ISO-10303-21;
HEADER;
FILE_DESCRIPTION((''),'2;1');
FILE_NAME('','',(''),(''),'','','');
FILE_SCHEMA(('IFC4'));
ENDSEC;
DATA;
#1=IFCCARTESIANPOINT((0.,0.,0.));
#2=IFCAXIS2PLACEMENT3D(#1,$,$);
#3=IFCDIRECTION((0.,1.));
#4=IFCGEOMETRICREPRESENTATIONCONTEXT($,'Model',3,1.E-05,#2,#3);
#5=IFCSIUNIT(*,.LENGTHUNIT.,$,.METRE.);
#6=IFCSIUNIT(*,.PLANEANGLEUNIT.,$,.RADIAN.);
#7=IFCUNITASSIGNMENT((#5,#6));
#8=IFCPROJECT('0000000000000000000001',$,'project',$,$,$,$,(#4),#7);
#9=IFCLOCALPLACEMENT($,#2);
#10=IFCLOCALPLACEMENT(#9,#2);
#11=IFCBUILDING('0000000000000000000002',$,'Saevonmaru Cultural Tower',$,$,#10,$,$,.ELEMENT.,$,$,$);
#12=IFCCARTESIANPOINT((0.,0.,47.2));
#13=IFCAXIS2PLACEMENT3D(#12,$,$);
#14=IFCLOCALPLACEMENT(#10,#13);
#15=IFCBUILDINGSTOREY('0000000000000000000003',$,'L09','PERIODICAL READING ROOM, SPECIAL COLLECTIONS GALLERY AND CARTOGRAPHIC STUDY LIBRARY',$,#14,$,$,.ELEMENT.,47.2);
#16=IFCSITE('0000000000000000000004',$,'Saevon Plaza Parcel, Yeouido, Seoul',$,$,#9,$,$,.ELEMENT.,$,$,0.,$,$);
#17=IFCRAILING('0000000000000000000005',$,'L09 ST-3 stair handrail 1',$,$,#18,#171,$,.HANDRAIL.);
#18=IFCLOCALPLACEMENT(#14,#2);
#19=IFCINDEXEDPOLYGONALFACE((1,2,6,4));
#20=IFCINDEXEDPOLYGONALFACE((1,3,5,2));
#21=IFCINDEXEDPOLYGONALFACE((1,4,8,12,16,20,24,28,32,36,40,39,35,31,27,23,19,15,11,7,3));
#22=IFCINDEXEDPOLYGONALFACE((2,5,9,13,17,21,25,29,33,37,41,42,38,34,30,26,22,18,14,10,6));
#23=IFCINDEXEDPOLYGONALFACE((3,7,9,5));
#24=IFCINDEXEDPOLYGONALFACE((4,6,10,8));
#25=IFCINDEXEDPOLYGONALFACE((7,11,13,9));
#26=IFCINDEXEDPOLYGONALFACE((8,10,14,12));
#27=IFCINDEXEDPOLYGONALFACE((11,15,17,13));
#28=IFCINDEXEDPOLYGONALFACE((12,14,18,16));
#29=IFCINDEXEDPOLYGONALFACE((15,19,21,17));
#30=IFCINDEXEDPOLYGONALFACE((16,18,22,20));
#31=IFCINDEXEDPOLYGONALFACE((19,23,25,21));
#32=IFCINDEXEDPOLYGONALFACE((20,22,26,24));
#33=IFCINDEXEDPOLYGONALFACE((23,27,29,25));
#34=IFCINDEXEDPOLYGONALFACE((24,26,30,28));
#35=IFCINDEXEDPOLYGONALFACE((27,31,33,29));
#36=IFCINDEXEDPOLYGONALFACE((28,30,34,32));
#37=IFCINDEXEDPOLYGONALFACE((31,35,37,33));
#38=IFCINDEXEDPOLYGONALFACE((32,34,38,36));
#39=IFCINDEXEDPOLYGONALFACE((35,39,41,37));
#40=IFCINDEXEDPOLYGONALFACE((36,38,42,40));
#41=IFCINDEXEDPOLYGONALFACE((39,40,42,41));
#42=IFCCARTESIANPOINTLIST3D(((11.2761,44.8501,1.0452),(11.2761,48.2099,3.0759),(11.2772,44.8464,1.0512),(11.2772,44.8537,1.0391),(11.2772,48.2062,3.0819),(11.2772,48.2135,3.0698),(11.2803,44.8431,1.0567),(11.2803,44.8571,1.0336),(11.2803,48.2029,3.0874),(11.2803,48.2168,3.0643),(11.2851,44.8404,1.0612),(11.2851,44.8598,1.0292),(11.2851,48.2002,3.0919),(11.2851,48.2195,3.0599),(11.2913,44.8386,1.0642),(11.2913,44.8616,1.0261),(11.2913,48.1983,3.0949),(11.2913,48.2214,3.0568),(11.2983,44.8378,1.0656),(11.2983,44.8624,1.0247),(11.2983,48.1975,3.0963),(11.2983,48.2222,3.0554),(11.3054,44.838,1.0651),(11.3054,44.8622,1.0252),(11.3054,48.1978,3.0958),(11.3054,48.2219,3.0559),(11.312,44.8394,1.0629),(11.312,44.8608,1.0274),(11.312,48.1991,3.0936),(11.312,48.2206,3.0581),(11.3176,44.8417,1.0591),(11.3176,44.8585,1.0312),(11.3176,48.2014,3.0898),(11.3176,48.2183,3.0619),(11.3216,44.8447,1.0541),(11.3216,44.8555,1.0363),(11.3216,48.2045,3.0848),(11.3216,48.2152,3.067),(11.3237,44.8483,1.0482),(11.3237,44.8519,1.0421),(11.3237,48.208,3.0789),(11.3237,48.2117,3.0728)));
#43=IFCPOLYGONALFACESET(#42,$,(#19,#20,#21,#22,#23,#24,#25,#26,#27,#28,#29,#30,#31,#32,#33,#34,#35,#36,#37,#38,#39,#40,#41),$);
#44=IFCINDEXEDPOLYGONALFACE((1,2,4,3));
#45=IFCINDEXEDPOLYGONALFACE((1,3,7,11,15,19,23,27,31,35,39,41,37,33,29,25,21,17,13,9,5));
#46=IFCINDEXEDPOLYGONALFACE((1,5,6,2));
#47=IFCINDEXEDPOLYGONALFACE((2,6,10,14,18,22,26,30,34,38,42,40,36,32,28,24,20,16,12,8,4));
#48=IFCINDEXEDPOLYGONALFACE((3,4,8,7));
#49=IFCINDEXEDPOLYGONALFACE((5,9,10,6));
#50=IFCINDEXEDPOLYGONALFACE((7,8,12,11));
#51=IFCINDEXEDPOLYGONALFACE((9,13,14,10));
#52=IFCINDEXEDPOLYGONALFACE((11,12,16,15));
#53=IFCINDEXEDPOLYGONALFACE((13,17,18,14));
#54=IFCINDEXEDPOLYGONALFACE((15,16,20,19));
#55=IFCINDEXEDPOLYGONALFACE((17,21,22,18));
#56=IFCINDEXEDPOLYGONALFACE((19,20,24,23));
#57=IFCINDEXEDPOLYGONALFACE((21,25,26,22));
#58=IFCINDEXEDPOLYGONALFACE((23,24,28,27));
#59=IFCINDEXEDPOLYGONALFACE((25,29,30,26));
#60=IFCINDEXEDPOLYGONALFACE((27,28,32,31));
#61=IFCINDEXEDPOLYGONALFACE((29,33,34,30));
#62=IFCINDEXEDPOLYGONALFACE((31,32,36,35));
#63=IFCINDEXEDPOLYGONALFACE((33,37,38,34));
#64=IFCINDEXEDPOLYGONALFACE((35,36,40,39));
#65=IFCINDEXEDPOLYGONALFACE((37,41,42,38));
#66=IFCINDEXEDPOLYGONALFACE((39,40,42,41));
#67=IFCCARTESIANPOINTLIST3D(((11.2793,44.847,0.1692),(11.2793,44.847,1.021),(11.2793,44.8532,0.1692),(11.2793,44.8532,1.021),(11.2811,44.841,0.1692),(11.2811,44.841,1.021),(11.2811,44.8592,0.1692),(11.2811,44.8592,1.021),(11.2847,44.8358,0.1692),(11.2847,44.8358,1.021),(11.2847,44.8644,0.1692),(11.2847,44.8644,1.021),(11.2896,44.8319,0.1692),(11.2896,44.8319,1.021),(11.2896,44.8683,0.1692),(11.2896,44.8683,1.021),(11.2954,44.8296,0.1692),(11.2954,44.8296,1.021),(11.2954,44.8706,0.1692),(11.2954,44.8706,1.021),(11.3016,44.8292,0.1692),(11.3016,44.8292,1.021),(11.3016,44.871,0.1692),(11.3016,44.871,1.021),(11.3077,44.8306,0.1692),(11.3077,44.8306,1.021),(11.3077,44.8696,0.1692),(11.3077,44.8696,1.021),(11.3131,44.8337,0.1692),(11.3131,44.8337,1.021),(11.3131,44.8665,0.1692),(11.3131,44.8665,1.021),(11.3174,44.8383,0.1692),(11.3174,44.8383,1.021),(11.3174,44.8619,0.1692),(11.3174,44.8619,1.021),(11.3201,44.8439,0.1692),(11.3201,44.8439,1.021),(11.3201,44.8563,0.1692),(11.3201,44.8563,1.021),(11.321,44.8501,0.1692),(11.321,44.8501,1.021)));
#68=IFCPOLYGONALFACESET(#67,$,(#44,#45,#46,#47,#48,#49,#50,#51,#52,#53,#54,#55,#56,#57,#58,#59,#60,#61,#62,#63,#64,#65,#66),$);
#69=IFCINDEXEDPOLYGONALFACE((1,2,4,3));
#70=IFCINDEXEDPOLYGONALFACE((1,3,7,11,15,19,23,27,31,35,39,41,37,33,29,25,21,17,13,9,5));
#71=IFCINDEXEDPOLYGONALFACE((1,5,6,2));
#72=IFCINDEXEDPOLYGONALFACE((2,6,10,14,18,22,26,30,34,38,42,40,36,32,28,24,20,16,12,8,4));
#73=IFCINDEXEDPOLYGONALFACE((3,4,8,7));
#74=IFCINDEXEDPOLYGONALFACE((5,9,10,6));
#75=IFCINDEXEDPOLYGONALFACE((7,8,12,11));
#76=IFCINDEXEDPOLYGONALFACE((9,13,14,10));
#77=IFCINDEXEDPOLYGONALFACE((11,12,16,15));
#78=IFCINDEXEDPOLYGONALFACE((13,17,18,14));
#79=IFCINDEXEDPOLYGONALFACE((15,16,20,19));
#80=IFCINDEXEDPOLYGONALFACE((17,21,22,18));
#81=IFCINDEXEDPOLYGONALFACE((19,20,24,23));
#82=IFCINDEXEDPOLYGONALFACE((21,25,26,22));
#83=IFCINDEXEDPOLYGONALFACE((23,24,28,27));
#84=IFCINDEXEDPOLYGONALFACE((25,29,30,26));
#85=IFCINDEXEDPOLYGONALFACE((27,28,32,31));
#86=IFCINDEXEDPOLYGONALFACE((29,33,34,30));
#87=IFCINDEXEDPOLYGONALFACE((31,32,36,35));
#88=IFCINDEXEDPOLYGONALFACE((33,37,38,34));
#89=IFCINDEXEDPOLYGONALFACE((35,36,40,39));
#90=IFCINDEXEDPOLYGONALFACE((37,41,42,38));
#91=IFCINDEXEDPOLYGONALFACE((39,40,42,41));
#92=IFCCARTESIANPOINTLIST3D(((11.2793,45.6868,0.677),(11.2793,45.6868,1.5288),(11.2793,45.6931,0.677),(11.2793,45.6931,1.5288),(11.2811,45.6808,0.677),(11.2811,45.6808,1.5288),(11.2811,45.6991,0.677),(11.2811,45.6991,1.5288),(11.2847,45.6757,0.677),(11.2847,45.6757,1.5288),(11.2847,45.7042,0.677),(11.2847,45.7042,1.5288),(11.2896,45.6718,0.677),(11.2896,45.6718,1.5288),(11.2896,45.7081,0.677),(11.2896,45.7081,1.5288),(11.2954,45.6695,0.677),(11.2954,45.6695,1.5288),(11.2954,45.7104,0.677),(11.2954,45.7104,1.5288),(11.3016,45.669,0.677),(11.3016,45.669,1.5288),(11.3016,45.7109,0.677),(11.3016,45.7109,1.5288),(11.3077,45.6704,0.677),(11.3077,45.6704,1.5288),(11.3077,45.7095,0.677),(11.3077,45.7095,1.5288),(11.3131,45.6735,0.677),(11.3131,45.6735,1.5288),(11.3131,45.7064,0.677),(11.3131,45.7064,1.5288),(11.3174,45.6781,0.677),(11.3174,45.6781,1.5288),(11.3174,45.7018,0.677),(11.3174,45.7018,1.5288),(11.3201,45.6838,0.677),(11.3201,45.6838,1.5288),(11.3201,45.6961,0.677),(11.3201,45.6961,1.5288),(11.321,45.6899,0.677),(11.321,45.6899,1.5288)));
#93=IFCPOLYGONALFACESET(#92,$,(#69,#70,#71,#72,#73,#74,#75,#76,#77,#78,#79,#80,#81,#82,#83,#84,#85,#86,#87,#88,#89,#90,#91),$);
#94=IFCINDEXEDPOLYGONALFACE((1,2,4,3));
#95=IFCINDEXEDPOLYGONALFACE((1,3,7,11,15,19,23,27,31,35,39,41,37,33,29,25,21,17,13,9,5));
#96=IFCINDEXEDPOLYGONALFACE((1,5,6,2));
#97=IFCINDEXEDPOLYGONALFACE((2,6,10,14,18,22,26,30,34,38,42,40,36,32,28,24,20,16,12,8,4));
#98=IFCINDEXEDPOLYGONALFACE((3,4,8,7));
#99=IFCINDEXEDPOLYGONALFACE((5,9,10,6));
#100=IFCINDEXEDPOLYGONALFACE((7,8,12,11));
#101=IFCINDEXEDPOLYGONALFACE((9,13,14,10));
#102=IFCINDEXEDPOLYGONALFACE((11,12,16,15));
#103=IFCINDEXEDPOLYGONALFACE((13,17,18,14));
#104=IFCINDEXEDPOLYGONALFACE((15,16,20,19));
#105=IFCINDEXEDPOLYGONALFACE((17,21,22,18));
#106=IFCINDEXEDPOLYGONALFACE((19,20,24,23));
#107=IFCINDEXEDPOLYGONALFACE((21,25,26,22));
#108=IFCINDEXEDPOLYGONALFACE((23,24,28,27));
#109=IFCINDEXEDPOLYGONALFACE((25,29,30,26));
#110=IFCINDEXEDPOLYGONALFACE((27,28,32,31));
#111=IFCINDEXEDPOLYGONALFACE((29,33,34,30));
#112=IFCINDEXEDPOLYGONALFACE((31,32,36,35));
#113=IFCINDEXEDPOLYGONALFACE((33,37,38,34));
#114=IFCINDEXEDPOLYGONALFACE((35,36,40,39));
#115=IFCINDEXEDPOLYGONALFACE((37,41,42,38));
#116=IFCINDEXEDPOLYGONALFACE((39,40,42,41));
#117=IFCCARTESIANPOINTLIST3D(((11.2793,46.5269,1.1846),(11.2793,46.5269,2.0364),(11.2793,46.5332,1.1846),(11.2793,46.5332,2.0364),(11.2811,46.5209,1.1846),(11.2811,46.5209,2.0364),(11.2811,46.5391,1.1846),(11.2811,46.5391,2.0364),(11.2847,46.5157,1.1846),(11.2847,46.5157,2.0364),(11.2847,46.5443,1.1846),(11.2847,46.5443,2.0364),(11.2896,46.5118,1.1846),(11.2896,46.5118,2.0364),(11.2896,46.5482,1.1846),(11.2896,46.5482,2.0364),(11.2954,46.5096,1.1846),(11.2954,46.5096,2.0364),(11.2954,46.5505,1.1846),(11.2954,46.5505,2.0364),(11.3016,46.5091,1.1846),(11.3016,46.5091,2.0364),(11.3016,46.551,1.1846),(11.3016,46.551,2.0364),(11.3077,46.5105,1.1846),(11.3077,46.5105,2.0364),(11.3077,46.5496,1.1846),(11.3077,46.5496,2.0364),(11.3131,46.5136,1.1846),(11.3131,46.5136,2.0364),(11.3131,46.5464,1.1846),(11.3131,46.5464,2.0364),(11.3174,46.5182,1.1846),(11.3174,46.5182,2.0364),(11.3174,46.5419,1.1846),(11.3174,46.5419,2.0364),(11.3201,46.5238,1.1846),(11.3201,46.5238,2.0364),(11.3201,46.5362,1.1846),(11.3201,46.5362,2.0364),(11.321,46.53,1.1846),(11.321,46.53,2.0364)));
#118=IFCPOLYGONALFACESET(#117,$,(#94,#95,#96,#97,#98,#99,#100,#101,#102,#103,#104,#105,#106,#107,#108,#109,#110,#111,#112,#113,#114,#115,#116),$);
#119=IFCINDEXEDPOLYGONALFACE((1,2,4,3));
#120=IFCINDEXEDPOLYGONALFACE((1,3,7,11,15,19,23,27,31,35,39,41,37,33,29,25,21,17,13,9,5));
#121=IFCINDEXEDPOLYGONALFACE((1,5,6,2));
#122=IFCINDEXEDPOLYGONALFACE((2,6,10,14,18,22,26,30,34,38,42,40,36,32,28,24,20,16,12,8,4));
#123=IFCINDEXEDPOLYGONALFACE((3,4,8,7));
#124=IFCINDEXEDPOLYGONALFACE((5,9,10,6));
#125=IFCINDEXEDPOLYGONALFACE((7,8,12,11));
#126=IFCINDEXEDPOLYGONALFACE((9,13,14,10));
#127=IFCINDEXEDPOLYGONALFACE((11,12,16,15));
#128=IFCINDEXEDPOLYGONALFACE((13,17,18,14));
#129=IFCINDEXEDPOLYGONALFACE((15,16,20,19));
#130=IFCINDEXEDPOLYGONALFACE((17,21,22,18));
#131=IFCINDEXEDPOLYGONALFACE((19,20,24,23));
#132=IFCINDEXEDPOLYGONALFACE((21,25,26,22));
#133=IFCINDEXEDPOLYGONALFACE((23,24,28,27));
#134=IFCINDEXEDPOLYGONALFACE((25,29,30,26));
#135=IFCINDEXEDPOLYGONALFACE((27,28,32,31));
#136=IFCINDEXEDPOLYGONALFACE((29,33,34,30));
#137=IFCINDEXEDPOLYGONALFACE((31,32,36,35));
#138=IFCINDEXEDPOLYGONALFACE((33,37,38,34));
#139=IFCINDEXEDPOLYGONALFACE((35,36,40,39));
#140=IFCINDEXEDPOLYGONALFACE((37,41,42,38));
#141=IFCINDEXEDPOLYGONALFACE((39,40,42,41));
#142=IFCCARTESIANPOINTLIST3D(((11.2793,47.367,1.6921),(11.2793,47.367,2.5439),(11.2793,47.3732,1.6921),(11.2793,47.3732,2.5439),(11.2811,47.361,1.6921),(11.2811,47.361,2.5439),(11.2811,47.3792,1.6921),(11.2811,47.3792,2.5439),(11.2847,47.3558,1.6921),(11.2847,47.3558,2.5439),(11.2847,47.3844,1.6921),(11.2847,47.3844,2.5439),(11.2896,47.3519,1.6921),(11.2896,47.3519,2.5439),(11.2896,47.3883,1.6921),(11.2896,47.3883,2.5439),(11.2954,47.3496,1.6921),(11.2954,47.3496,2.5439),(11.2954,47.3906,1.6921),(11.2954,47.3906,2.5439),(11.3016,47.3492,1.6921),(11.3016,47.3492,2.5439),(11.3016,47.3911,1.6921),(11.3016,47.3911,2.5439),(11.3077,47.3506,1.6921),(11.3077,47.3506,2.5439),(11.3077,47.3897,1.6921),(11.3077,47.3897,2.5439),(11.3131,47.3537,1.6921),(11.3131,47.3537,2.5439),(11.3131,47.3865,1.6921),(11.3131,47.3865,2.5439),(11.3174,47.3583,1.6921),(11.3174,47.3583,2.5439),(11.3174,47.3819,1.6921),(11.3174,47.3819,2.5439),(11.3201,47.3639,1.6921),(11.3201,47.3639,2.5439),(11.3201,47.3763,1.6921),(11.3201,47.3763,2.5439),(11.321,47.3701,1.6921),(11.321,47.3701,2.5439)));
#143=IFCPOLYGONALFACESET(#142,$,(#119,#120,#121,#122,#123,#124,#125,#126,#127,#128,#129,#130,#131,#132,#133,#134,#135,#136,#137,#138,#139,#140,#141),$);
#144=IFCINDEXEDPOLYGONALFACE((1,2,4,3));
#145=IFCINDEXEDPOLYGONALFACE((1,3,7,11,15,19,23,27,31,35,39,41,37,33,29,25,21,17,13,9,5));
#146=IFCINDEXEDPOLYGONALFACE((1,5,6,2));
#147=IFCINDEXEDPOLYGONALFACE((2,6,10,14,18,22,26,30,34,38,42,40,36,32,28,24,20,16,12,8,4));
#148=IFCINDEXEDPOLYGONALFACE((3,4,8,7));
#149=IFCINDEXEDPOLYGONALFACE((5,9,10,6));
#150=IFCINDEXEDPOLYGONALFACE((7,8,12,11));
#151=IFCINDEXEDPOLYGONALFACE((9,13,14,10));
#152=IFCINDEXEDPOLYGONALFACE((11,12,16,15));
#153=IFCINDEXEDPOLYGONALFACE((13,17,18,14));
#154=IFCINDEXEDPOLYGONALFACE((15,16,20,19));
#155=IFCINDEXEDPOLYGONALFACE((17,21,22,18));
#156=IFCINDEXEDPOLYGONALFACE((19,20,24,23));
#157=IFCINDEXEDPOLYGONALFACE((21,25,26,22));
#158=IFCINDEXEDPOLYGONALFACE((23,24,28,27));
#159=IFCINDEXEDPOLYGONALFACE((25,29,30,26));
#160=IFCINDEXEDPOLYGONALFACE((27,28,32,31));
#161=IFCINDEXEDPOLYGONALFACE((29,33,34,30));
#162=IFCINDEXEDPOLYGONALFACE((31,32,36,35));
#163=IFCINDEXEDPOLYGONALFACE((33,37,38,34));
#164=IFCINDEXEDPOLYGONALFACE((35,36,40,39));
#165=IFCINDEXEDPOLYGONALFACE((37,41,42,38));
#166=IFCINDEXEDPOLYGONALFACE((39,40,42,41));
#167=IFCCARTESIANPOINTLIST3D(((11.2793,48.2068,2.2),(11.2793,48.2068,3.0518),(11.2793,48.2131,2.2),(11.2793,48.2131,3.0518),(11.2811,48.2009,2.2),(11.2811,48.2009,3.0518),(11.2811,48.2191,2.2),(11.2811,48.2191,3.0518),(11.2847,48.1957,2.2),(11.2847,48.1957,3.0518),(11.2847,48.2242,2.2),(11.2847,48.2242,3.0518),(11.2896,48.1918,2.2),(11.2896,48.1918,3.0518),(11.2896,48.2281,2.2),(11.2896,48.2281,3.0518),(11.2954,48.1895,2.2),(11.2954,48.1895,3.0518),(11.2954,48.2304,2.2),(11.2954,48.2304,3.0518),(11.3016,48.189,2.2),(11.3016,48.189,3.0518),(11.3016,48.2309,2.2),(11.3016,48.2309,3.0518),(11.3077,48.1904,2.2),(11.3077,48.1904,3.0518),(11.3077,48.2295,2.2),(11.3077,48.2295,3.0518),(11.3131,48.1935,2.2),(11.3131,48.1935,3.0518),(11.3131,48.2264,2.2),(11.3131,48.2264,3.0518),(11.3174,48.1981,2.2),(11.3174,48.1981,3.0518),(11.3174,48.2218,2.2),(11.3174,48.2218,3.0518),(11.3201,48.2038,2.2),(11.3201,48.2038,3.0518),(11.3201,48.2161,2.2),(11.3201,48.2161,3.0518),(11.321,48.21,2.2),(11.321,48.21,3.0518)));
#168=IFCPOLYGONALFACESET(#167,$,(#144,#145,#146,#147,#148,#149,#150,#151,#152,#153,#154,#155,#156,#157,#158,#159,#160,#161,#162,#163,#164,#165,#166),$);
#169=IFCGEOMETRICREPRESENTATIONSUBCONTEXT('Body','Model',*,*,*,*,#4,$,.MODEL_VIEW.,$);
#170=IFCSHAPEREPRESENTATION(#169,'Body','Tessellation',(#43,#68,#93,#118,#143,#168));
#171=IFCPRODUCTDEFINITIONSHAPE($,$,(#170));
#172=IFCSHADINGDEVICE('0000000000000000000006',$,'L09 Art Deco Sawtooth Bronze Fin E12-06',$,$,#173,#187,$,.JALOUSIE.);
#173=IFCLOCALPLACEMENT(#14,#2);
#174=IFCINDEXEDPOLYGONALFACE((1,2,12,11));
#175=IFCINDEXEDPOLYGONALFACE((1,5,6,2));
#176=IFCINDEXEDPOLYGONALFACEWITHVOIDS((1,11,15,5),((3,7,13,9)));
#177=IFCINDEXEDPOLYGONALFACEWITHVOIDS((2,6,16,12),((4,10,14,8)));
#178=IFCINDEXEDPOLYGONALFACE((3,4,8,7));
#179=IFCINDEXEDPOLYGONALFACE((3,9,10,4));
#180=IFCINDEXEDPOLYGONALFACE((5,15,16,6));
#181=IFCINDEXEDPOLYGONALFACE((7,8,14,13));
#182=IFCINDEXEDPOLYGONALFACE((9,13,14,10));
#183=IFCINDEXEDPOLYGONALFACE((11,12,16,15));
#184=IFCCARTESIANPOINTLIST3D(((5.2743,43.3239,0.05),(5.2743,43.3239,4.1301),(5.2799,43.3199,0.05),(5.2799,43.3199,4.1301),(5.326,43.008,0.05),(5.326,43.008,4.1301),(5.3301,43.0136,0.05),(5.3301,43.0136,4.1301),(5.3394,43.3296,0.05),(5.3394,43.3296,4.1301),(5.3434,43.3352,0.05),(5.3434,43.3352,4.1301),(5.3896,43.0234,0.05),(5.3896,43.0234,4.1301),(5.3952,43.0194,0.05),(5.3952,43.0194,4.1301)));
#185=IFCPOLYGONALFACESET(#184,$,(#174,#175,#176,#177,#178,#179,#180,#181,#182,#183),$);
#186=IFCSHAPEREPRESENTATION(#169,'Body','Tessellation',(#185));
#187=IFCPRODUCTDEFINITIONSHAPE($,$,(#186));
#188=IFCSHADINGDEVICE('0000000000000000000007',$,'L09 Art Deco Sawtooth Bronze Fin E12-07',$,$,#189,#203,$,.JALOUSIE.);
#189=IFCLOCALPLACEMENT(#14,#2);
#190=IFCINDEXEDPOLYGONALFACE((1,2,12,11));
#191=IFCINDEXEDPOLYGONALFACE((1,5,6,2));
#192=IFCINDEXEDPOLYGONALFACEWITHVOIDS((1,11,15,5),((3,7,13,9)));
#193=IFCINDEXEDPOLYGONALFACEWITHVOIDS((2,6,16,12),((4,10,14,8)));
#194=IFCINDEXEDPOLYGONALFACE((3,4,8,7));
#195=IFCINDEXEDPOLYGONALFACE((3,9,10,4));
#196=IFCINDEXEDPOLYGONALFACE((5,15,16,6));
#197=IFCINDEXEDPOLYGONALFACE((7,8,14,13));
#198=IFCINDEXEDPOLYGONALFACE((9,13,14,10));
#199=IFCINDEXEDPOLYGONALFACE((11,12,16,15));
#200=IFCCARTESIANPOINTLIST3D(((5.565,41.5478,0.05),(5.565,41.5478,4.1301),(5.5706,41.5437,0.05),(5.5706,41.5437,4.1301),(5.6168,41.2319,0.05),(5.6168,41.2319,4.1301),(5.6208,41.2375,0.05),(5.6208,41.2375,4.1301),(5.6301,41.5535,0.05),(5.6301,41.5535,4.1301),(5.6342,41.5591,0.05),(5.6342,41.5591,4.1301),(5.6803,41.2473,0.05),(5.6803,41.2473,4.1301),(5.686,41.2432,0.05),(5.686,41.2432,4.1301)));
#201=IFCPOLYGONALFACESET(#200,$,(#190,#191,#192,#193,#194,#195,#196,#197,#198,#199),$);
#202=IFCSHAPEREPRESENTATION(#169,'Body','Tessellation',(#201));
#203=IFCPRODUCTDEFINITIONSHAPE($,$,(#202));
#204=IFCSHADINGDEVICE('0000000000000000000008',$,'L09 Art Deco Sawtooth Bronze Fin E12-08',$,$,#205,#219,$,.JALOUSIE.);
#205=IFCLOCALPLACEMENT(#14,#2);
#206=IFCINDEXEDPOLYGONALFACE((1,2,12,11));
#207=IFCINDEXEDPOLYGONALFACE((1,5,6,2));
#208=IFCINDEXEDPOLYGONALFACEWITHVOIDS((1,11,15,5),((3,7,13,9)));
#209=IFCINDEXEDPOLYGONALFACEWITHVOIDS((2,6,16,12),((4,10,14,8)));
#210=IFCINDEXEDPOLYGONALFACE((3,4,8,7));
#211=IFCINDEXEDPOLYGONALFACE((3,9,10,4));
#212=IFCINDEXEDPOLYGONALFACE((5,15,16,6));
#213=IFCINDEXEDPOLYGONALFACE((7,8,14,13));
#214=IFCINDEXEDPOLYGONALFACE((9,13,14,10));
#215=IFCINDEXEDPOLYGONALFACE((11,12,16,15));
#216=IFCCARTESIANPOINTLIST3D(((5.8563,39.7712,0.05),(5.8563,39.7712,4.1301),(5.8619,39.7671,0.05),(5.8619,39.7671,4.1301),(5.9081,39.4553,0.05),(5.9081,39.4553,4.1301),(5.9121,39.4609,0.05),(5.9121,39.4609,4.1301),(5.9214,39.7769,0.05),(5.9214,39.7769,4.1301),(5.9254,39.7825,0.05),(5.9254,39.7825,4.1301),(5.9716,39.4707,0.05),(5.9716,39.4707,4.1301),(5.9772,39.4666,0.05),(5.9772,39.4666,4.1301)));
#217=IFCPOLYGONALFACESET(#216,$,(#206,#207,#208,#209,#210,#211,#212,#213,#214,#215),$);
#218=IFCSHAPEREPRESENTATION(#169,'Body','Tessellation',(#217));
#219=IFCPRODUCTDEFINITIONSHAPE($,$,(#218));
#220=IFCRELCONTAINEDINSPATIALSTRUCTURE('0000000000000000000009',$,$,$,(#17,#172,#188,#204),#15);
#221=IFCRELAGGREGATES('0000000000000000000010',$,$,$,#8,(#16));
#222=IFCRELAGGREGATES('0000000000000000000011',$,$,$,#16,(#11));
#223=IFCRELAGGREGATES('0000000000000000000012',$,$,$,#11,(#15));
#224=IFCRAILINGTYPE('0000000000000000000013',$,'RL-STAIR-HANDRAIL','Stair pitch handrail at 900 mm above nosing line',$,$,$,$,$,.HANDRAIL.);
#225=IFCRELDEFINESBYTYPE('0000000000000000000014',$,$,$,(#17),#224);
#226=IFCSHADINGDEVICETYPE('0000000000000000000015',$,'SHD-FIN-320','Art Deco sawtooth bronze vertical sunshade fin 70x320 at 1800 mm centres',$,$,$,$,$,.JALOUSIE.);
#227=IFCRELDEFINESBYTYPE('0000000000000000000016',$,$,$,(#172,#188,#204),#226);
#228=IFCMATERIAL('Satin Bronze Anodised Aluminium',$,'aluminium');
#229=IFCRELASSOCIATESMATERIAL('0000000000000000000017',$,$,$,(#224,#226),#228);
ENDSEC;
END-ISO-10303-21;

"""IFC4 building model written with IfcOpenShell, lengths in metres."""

from ifc_helpers import new_model, si_unit, direction, frame, origin, origin_2d, place, context, subcontext, project, spatial, hollow_rectangle, circle, extrude, material, material_profile, profile_set, type_object, element, save


model = new_model("IFC4")

# Units and contexts
model_context = context("Model", 3, precision=1e-05, world=origin(), true_north=direction((0.0, 1.0)))
body_context = subcontext(model_context, "Body", "Model", "MODEL_VIEW")
ifc_project = project(units=[si_unit("LENGTHUNIT", "METRE"), si_unit("PLANEANGLEUNIT", "RADIAN")], contexts=[model_context])

# Site, building, storey
site_placement = place(None, origin())
site = spatial("IfcSite", under=ifc_project, at=site_placement, Name="Saevon Plaza Parcel, Yeouido, Seoul", CompositionType="ELEMENT", RefElevation=0.0)
building_placement = place(site_placement, origin())
building = spatial("IfcBuilding", under=site, at=building_placement, Name="Saevonmaru Cultural Tower", CompositionType="ELEMENT")
storey_placement = place(building_placement, frame((0.0, 0.0, 47.2)))
storey = spatial("IfcBuildingStorey", under=building, at=storey_placement, Name="L09", Description="PERIODICAL READING ROOM, SPECIAL COLLECTIONS GALLERY AND CARTOGRAPHIC STUDY LIBRARY", CompositionType="ELEMENT", Elevation=47.2)

# Shared definitions
ifc_material_1 = material(Name="Satin Bronze Anodised Aluminium", Category="aluminium")

# Railing
railing_type_1 = type_object("IfcRailingType", Name="RL-STAIR-HANDRAIL", Description="Stair pitch handrail at 900 mm above nosing line", PredefinedType="HANDRAIL", material=ifc_material_1)
railing_1_placement = place(storey_placement, frame((11.3, 44.8501, 0.1692)))
element("IfcRailing", 1, at=railing_1_placement, inside=storey, type_object=railing_type_1, Name="L09 ST-3 stair handrail 1", PredefinedType="HANDRAIL", context=body_context, shape_type="SweptSolid", body=[
    extrude(circle(Radius=0.0239, at=origin_2d()), frame((0.0, 0.0, 0.876), z_axis=(0.0, 0.85582, 0.517273), x_axis=(-1.0, 0.0, 0.0)), (0.0, 0.0, 1.0), 3.9258),
    extrude(circle(Radius=0.021, at=origin_2d()), origin(), (0.0, 0.0, 1.0), 0.8518),
    extrude(circle(Radius=0.021, at=origin_2d()), frame((0.0, 0.8398, 0.5078)), (0.0, 0.0, 1.0), 0.8518),
    extrude(circle(Radius=0.021, at=origin_2d()), frame((0.0, 1.6799, 1.0154)), (0.0, 0.0, 1.0), 0.8518),
    extrude(circle(Radius=0.021, at=origin_2d()), frame((0.0, 2.52, 1.5229)), (0.0, 0.0, 1.0), 0.8518),
    extrude(circle(Radius=0.021, at=origin_2d()), frame((0.0, 3.3599, 2.0308)), (0.0, 0.0, 1.0), 0.8518),
])

# Shading devices
ifc_material_profile_1 = material_profile(ifc_material_1, hollow_rectangle(XDim=0.0701, YDim=0.3201, WallThickness=0.0049, at=origin_2d()), Name="FIN-320x70")
ifc_profile_set_1 = profile_set([ifc_material_profile_1], Name="Satin Bronze Anodised Aluminium")
shading_device_type = type_object("IfcShadingDeviceType", Name="SHD-FIN-320", Description="Art Deco sawtooth bronze vertical sunshade fin 70x320 at 1800 mm centres", PredefinedType="JALOUSIE", material=ifc_profile_set_1)
for number, where, z_axis, x_axis, name in (
    (2, (5.3347, 43.1716, 0.05), (0.0, 0.0, 1.0), (-0.986827, -0.161776, 0.0), "L09 Art Deco Sawtooth Bronze Fin E12-06"),
    (3, (5.6255, 41.3955, 0.05), (0.0, 0.0, 1.0), (-0.986827, -0.161776, 0.0), "L09 Art Deco Sawtooth Bronze Fin E12-07"),
    (4, (5.9167, 39.6189, 0.05), (0.0, 0.0, 1.0), (-0.986827, -0.161776, 0.0), "L09 Art Deco Sawtooth Bronze Fin E12-08"),
):
    element("IfcShadingDevice", number, at=place(storey_placement, frame(where, z_axis=z_axis, x_axis=x_axis)), inside=storey, type_object=shading_device_type, Name=name, PredefinedType="JALOUSIE", context=body_context, shape_type="SweptSolid", body=[
        extrude(hollow_rectangle(XDim=0.0701, YDim=0.3201, WallThickness=0.0049, at=origin_2d()), origin(), (0.0, 0.0, 1.0), 4.0801),
    ])

save(model, "model.ifc")
